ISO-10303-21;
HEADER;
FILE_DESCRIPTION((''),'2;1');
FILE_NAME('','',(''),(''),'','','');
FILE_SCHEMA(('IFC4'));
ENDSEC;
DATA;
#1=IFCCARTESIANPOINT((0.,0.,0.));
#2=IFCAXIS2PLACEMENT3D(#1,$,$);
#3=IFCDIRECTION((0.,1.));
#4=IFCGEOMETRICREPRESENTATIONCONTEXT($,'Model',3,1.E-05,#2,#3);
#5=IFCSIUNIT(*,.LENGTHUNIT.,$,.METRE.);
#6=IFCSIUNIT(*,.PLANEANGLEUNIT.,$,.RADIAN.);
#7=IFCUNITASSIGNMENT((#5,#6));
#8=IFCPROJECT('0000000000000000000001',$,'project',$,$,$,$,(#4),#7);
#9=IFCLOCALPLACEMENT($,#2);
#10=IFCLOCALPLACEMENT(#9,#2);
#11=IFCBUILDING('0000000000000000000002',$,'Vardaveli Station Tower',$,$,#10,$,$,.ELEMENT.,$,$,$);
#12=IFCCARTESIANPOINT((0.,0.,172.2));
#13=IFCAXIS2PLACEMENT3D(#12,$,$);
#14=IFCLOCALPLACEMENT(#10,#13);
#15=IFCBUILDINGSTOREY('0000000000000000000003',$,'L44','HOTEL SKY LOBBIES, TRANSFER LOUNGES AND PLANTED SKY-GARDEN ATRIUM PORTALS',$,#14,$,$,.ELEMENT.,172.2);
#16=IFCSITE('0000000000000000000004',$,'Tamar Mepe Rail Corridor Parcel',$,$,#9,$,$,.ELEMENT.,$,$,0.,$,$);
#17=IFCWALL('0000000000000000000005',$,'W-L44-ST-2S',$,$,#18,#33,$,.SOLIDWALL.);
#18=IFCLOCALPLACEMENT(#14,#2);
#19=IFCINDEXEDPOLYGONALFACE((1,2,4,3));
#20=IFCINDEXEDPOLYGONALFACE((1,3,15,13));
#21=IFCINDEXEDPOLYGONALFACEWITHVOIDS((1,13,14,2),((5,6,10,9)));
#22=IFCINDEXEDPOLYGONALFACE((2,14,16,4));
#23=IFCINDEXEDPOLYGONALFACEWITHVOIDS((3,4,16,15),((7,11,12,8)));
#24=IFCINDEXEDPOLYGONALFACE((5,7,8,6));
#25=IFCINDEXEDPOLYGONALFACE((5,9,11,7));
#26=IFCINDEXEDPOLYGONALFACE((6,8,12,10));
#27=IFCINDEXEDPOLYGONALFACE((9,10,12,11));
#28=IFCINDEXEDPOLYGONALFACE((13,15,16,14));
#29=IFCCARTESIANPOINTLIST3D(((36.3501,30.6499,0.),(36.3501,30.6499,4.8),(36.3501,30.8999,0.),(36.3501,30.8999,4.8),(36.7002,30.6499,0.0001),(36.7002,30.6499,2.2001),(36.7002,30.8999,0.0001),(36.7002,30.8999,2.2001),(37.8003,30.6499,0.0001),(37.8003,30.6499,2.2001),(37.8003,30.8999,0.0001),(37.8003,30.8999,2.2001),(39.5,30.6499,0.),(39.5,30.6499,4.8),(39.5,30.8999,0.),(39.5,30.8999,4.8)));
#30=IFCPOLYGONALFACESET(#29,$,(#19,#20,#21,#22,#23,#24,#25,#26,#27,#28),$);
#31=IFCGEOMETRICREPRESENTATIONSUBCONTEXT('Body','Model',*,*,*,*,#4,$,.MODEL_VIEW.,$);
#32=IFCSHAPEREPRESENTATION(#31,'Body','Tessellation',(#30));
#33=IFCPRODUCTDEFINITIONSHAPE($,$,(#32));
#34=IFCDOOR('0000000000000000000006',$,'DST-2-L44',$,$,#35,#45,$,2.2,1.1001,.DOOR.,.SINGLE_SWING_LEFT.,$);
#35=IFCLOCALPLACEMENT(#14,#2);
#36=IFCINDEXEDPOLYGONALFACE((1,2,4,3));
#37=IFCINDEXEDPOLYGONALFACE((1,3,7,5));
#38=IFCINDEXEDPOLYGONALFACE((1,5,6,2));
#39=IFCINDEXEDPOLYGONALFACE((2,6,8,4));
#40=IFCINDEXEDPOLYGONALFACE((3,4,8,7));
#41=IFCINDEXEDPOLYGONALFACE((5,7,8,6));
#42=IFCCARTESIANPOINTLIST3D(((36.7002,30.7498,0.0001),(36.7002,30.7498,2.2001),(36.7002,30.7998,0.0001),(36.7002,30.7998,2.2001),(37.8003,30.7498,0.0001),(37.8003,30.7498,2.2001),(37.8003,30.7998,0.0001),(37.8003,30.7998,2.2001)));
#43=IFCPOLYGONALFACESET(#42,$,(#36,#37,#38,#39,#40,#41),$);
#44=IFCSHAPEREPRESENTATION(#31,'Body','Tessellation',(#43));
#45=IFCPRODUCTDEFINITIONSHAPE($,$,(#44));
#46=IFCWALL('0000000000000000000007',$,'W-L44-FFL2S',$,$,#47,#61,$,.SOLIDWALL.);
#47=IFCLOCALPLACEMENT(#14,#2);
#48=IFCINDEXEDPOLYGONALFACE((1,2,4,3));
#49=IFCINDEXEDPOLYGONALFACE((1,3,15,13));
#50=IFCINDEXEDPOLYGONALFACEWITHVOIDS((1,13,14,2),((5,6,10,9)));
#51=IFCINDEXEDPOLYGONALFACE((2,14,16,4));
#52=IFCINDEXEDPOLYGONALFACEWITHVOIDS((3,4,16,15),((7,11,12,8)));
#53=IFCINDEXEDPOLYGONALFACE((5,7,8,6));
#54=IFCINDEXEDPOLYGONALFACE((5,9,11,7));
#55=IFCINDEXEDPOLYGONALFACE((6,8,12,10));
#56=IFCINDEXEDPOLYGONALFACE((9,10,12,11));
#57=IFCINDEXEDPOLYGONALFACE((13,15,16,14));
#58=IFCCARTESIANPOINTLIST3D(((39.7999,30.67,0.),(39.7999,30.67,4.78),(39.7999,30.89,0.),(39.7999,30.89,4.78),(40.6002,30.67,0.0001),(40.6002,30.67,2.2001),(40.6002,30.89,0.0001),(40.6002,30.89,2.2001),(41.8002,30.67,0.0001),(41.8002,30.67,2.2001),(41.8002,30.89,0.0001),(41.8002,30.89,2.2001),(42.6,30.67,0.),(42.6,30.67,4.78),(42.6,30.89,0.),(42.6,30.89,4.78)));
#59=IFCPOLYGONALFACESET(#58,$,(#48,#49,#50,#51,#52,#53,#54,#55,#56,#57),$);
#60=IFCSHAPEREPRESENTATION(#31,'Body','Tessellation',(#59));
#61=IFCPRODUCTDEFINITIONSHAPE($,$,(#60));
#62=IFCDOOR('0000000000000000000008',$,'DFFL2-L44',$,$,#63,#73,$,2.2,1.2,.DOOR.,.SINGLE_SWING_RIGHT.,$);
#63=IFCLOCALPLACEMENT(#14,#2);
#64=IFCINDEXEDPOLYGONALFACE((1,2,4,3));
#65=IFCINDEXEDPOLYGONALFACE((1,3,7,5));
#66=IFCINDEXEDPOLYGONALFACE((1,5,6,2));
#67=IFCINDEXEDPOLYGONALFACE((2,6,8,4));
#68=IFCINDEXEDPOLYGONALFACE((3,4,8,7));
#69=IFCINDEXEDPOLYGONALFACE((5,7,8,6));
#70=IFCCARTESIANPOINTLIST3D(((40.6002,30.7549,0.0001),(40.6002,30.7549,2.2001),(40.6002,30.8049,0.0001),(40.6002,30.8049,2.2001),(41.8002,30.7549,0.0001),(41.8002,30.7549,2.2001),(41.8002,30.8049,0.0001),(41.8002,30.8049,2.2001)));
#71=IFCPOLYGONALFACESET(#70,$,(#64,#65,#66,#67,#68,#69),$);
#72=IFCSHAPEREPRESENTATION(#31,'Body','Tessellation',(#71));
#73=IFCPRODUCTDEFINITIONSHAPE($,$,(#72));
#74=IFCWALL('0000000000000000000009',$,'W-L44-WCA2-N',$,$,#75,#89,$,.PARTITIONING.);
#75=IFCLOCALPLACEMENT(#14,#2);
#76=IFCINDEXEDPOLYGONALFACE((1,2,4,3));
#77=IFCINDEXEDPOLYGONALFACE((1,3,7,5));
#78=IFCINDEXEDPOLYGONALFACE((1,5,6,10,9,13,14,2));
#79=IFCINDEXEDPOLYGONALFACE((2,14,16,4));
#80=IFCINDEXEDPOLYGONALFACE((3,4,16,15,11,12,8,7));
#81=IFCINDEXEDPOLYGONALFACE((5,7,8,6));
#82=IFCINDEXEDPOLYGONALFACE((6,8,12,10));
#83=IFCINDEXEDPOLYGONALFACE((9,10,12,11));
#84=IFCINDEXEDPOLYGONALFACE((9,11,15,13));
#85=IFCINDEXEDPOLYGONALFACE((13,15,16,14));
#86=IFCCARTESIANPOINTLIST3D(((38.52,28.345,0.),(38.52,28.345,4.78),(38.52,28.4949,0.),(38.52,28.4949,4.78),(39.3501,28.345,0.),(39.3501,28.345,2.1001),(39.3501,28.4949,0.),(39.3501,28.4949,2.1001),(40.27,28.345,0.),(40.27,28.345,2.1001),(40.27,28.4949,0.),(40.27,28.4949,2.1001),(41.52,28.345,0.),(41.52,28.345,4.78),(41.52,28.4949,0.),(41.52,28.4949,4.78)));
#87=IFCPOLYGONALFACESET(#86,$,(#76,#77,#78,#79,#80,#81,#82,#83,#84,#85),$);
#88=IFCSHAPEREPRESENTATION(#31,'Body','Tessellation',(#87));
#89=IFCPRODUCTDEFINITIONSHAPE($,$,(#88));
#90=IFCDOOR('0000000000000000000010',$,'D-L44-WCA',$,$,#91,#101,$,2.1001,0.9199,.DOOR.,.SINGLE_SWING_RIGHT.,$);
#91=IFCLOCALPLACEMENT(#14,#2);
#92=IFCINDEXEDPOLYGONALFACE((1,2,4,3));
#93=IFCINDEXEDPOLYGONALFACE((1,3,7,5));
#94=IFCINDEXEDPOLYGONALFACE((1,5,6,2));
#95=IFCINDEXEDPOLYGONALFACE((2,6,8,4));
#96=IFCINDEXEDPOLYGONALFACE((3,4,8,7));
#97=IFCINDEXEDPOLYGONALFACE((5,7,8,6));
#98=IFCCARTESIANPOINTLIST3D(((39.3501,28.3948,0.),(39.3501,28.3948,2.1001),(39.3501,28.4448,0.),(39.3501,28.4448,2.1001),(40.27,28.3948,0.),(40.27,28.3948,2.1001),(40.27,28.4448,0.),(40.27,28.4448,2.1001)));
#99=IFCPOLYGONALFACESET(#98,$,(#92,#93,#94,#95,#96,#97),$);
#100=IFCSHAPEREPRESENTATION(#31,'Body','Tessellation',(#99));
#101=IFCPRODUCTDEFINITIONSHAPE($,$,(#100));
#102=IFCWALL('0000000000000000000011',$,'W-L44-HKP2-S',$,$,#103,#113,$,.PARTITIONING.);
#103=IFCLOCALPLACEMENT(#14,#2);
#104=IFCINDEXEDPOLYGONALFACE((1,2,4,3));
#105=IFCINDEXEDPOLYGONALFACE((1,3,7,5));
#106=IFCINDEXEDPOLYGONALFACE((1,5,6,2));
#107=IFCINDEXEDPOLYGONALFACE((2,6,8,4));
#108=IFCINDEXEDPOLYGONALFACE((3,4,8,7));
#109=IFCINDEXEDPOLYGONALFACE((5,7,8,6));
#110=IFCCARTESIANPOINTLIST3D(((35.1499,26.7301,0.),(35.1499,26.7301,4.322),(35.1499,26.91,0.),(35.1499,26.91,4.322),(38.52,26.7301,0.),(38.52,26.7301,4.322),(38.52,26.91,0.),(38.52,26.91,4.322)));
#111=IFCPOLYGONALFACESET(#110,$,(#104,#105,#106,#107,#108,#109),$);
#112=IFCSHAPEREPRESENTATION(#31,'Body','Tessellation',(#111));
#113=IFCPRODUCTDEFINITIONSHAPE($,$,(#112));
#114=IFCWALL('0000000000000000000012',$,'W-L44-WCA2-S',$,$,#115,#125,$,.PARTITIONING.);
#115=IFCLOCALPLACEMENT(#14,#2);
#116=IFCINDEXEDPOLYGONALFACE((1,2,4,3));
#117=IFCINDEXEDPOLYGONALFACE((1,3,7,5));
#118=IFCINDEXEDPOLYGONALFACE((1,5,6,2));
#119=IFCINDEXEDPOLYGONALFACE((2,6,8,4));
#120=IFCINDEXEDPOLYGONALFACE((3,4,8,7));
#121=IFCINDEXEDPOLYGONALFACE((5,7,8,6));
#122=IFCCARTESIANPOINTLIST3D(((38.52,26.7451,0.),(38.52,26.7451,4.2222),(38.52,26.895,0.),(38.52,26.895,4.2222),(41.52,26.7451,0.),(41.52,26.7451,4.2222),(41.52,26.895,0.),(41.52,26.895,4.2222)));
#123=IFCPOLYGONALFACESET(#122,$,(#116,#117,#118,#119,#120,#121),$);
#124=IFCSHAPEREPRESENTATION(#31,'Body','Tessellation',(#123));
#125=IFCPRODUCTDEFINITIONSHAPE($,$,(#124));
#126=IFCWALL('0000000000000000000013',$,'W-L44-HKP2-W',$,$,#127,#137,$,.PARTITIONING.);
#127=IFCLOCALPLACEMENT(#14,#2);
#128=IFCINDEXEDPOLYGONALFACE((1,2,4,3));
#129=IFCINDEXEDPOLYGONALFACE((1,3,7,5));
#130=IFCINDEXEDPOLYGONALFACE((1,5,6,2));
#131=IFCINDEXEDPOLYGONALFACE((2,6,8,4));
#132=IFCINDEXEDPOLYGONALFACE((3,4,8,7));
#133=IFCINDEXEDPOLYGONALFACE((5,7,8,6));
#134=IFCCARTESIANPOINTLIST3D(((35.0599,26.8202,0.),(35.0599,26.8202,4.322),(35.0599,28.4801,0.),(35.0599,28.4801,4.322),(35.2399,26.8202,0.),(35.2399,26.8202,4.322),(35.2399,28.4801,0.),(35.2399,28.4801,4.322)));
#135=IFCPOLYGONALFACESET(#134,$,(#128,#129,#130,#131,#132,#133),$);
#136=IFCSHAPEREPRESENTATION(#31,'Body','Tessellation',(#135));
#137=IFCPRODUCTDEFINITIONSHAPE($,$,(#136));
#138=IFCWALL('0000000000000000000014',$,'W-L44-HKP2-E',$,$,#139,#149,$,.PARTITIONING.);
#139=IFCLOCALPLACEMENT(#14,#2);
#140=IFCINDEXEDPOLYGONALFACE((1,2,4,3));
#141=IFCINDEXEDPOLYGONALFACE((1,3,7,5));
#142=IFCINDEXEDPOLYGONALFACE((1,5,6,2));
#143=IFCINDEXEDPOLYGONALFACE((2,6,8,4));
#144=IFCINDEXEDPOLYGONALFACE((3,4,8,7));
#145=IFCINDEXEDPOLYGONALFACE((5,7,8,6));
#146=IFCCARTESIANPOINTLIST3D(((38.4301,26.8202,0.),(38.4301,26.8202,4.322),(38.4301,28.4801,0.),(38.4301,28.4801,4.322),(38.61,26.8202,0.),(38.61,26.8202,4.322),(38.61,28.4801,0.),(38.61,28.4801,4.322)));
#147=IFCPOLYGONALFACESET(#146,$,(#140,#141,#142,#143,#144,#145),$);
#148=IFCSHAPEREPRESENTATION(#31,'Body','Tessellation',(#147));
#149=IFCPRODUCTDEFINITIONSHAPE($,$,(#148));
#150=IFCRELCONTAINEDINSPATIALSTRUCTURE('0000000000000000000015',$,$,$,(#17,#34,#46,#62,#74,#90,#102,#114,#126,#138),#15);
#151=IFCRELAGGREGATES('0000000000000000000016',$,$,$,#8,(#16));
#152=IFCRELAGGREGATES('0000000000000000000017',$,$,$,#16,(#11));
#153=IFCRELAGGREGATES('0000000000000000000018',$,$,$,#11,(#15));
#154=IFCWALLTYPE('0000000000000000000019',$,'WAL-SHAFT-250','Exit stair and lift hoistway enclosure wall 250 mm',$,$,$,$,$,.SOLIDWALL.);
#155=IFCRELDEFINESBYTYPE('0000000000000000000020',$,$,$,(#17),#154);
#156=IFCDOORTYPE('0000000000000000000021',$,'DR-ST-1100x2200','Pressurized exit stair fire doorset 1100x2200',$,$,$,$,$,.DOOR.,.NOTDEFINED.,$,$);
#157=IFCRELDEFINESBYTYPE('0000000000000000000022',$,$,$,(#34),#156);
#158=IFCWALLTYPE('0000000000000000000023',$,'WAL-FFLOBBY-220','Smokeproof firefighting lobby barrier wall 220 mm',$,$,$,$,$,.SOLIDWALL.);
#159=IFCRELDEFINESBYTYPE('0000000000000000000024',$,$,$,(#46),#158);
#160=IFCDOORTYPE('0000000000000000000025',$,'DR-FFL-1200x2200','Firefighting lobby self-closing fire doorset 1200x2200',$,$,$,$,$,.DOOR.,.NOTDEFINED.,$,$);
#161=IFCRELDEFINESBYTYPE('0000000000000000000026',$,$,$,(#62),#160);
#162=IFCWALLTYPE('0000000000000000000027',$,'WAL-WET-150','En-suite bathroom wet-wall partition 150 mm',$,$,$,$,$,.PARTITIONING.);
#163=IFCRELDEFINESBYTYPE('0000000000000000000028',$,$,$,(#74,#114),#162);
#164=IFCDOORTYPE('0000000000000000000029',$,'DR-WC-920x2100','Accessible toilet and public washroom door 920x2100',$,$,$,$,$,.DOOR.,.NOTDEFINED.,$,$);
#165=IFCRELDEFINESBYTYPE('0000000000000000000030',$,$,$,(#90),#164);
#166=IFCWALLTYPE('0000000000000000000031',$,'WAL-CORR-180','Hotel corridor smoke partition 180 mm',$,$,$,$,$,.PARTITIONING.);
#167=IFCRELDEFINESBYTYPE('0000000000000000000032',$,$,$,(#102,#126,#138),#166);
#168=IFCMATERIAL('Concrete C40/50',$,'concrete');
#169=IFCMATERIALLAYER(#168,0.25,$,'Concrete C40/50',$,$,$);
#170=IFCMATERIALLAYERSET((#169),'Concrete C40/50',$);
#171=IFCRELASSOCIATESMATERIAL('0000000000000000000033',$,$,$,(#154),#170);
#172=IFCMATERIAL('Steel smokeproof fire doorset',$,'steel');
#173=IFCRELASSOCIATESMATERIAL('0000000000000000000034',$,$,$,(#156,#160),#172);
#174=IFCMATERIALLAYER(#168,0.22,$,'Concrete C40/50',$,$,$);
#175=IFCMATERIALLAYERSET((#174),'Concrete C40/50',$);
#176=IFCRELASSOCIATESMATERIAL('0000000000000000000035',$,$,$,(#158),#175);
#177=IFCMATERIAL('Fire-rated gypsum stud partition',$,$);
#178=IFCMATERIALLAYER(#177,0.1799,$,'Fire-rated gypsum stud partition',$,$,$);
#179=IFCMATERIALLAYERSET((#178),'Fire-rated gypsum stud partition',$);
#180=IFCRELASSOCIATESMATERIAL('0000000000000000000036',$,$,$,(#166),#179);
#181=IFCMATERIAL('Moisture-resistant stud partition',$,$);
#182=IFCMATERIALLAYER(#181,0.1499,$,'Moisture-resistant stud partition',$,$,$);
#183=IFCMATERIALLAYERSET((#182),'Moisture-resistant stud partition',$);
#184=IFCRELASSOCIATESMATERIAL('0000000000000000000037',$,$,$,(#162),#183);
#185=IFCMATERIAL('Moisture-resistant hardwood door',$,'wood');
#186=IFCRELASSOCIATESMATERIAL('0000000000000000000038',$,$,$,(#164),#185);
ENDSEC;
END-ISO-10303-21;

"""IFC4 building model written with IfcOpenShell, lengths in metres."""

from ifc_helpers import new_model, si_unit, direction, frame, frame_2d, origin, place, context, subcontext, project, spatial, rectangle, extrude, source, transform, mapped, material, layer, layer_set, type_object, element, fill, save


model = new_model("IFC4")

# Units and contexts
model_context = context("Model", 3, precision=1e-05, world=origin(), true_north=direction((0.0, 1.0)))
body_context = subcontext(model_context, "Body", "Model", "MODEL_VIEW")
ifc_project = project(units=[si_unit("LENGTHUNIT", "METRE"), si_unit("PLANEANGLEUNIT", "RADIAN")], contexts=[model_context])

# Site, building, storey
site_placement = place(None, origin())
site = spatial("IfcSite", under=ifc_project, at=site_placement, Name="Tamar Mepe Rail Corridor Parcel", CompositionType="ELEMENT", RefElevation=0.0)
building_placement = place(site_placement, origin())
building = spatial("IfcBuilding", under=site, at=building_placement, Name="Vardaveli Station Tower", CompositionType="ELEMENT")
storey_placement = place(building_placement, frame((0.0, 0.0, 172.2)))
storey = spatial("IfcBuildingStorey", under=building, at=storey_placement, Name="L44", Description="HOTEL SKY LOBBIES, TRANSFER LOUNGES AND PLANTED SKY-GARDEN ATRIUM PORTALS", CompositionType="ELEMENT", Elevation=172.2)

# Shared definitions
ifc_material_1 = material(Name="Concrete C40/50", Category="concrete")
ifc_layer_1 = layer(ifc_material_1, 0.25, Name="Concrete C40/50")
ifc_layer_set_1 = layer_set([ifc_layer_1], Name="Concrete C40/50")
wall_type_1 = type_object("IfcWallType", Name="WAL-SHAFT-250", Description="Exit stair and lift hoistway enclosure wall 250 mm", PredefinedType="SOLIDWALL", material=ifc_layer_set_1)

# Walls, openings, doors
shared_shape_1 = source(origin(), body_context, "Body", "SweptSolid", [
    extrude(rectangle(XDim=3.1499, YDim=0.25, at=frame_2d((1.575, 0.0))), origin(), (0.0, 0.0, 1.0), 4.8),
])
wall_1_placement = place(storey_placement, frame((36.3501, 30.7749, 0.0), z_axis=(0.0, 0.0, 1.0), x_axis=(1.0, 0.0, 0.0)))
wall_1 = element("IfcWall", 1, at=wall_1_placement, inside=storey, type_object=wall_type_1, Name="W-L44-ST-2S", PredefinedType="SOLIDWALL", context=body_context, shape_type="MappedRepresentation", body=[
    mapped(shared_shape_1, transform((0.0, 0.0, 0.0), scale=1.0)),
])
shared_shape_2 = source(origin(), body_context, "Body", "SweptSolid", [
    extrude(rectangle(XDim=1.1001, YDim=2.2, at=frame_2d((0.55, 1.1001))), frame((0.0, 0.135, 0.0), z_axis=(0.0, -1.0, 0.0), x_axis=(1.0, 0.0, 0.0)), (0.0, 0.0, 1.0), 0.27),
])
opening_1_placement = place(wall_1_placement, frame((0.3501, 0.0, 0.0)))
opening_1 = element("IfcOpeningElement", 2, at=opening_1_placement, cuts=wall_1, PredefinedType="OPENING", context=body_context, shape_type="MappedRepresentation", body=[
    mapped(shared_shape_2, transform((0.0, 0.0, 0.0), scale=1.0)),
])
ifc_material_2 = material(Name="Steel smokeproof fire doorset", Category="steel")
door_type_1 = type_object("IfcDoorType", Name="DR-ST-1100x2200", Description="Pressurized exit stair fire doorset 1100x2200", OperationType="NOTDEFINED", PredefinedType="DOOR", material=ifc_material_2)
shared_shape_3 = source(origin(), body_context, "Body", "SweptSolid", [
    extrude(rectangle(XDim=1.1001, YDim=2.2, at=frame_2d((0.55, 1.1001))), frame((0.0, 0.0249, 0.0), z_axis=(0.0, -1.0, 0.0), x_axis=(1.0, 0.0, 0.0)), (0.0, 0.0, 1.0), 0.05),
])
door_1_placement = place(opening_1_placement, origin())
door_1 = element("IfcDoor", 3, at=door_1_placement, inside=storey, type_object=door_type_1, Name="DST-2-L44", OperationType="SINGLE_SWING_LEFT", OverallHeight=2.2, OverallWidth=1.1001, PredefinedType="DOOR", context=body_context, shape_type="MappedRepresentation", body=[
    mapped(shared_shape_3, transform((0.0, 0.0, 0.0), scale=1.0)),
])
fill(opening_1, door_1)
ifc_layer_2 = layer(ifc_material_1, 0.22, Name="Concrete C40/50")
ifc_layer_set_2 = layer_set([ifc_layer_2], Name="Concrete C40/50")
wall_type_2 = type_object("IfcWallType", Name="WAL-FFLOBBY-220", Description="Smokeproof firefighting lobby barrier wall 220 mm", PredefinedType="SOLIDWALL", material=ifc_layer_set_2)
shared_shape_4 = source(origin(), body_context, "Body", "SweptSolid", [
    extrude(rectangle(XDim=2.8, YDim=0.22, at=frame_2d((1.3999, 0.0))), origin(), (0.0, 0.0, 1.0), 4.78),
])
wall_2_placement = place(storey_placement, frame((39.8, 30.78, 0.0), z_axis=(0.0, 0.0, 1.0), x_axis=(1.0, 0.0, 0.0)))
wall_2 = element("IfcWall", 4, at=wall_2_placement, inside=storey, type_object=wall_type_2, Name="W-L44-FFL2S", PredefinedType="SOLIDWALL", context=body_context, shape_type="MappedRepresentation", body=[
    mapped(shared_shape_4, transform((0.0, 0.0, 0.0), scale=1.0)),
])
shared_shape_5 = source(origin(), body_context, "Body", "SweptSolid", [
    extrude(rectangle(XDim=1.2, YDim=2.2, at=frame_2d((0.6001, 1.1001))), frame((0.0, 0.1201, 0.0), z_axis=(0.0, -1.0, 0.0), x_axis=(1.0, 0.0, 0.0)), (0.0, 0.0, 1.0), 0.24),
])
opening_2_placement = place(wall_2_placement, frame((0.8, 0.0, 0.0)))
opening_2 = element("IfcOpeningElement", 5, at=opening_2_placement, cuts=wall_2, PredefinedType="OPENING", context=body_context, shape_type="MappedRepresentation", body=[
    mapped(shared_shape_5, transform((0.0, 0.0, 0.0), scale=1.0)),
])
door_type_2 = type_object("IfcDoorType", Name="DR-FFL-1200x2200", Description="Firefighting lobby self-closing fire doorset 1200x2200", OperationType="NOTDEFINED", PredefinedType="DOOR", material=ifc_material_2)
shared_shape_6 = source(origin(), body_context, "Body", "SweptSolid", [
    extrude(rectangle(XDim=1.2, YDim=2.2, at=frame_2d((0.6001, 1.1001))), frame((0.0, 0.0249, 0.0), z_axis=(0.0, -1.0, 0.0), x_axis=(1.0, 0.0, 0.0)), (0.0, 0.0, 1.0), 0.05),
])
door_2_placement = place(opening_2_placement, origin())
door_2 = element("IfcDoor", 6, at=door_2_placement, inside=storey, type_object=door_type_2, Name="DFFL2-L44", OperationType="SINGLE_SWING_RIGHT", OverallHeight=2.2, OverallWidth=1.2, PredefinedType="DOOR", context=body_context, shape_type="MappedRepresentation", body=[
    mapped(shared_shape_6, transform((0.0, 0.0, 0.0), scale=1.0)),
])
fill(opening_2, door_2)
ifc_material_3 = material(Name="Fire-rated gypsum stud partition")
ifc_layer_3 = layer(ifc_material_3, 0.1799, Name="Fire-rated gypsum stud partition")
ifc_layer_set_3 = layer_set([ifc_layer_3], Name="Fire-rated gypsum stud partition")
wall_type_3 = type_object("IfcWallType", Name="WAL-CORR-180", Description="Hotel corridor smoke partition 180 mm", PredefinedType="PARTITIONING", material=ifc_layer_set_3)
ifc_material_4 = material(Name="Moisture-resistant stud partition")
ifc_layer_4 = layer(ifc_material_4, 0.1499, Name="Moisture-resistant stud partition")
ifc_layer_set_4 = layer_set([ifc_layer_4], Name="Moisture-resistant stud partition")
wall_type_4 = type_object("IfcWallType", Name="WAL-WET-150", Description="En-suite bathroom wet-wall partition 150 mm", PredefinedType="PARTITIONING", material=ifc_layer_set_4)
shared_shape_7 = source(origin(), body_context, "Body", "SweptSolid", [
    extrude(rectangle(XDim=3.0, YDim=0.1499, at=frame_2d((1.5, 0.0))), origin(), (0.0, 0.0, 1.0), 4.78),
])
wall_3_placement = place(storey_placement, frame((38.52, 28.4199, 0.0), z_axis=(0.0, 0.0, 1.0), x_axis=(1.0, 0.0, 0.0)))
wall_3 = element("IfcWall", 7, at=wall_3_placement, inside=storey, type_object=wall_type_4, Name="W-L44-WCA2-N", PredefinedType="PARTITIONING", context=body_context, shape_type="MappedRepresentation", body=[
    mapped(shared_shape_7, transform((0.0, 0.0, 0.0), scale=1.0)),
])
shared_shape_8 = source(origin(), body_context, "Body", "SweptSolid", [
    extrude(rectangle(XDim=0.9199, YDim=2.1001, at=frame_2d((0.46, 1.05))), frame((0.0, 0.085, 0.0), z_axis=(0.0, -1.0, 0.0), x_axis=(1.0, 0.0, 0.0)), (0.0, 0.0, 1.0), 0.1699),
])
opening_3_placement = place(wall_3_placement, frame((0.8301, 0.0, 0.0)))
opening_3 = element("IfcOpeningElement", 8, at=opening_3_placement, cuts=wall_3, PredefinedType="OPENING", context=body_context, shape_type="MappedRepresentation", body=[
    mapped(shared_shape_8, transform((0.0, 0.0, 0.0), scale=1.0)),
])
ifc_material_5 = material(Name="Moisture-resistant hardwood door", Category="wood")
door_type_3 = type_object("IfcDoorType", Name="DR-WC-920x2100", Description="Accessible toilet and public washroom door 920x2100", OperationType="NOTDEFINED", PredefinedType="DOOR", material=ifc_material_5)
shared_shape_9 = source(origin(), body_context, "Body", "SweptSolid", [
    extrude(rectangle(XDim=0.9199, YDim=2.1001, at=frame_2d((0.46, 1.05))), frame((0.0, 0.0249, 0.0), z_axis=(0.0, -1.0, 0.0), x_axis=(1.0, 0.0, 0.0)), (0.0, 0.0, 1.0), 0.05),
])
door_3_placement = place(opening_3_placement, origin())
door_3 = element("IfcDoor", 9, at=door_3_placement, inside=storey, type_object=door_type_3, Name="D-L44-WCA", OperationType="SINGLE_SWING_RIGHT", OverallHeight=2.1001, OverallWidth=0.9199, PredefinedType="DOOR", context=body_context, shape_type="MappedRepresentation", body=[
    mapped(shared_shape_9, transform((0.0, 0.0, 0.0), scale=1.0)),
])
fill(opening_3, door_3)

# Walls
shared_shape_10 = source(origin(), body_context, "Body", "SweptSolid", [
    extrude(rectangle(XDim=3.3701, YDim=0.1799, at=frame_2d((1.6851, 0.0))), origin(), (0.0, 0.0, 1.0), 4.322),
])
wall_4_placement = place(storey_placement, frame((35.1499, 26.8201, 0.0), z_axis=(0.0, 0.0, 1.0), x_axis=(1.0, 0.0, 0.0)))
element("IfcWall", 10, at=wall_4_placement, inside=storey, type_object=wall_type_3, Name="W-L44-HKP2-S", PredefinedType="PARTITIONING", context=body_context, shape_type="MappedRepresentation", body=[
    mapped(shared_shape_10, transform((0.0, 0.0, 0.0), scale=1.0)),
])
shared_shape_11 = source(origin(), body_context, "Body", "SweptSolid", [
    extrude(rectangle(XDim=3.0, YDim=0.1499, at=frame_2d((1.5, 0.0))), origin(), (0.0, 0.0, 1.0), 4.2222),
])
wall_5_placement = place(storey_placement, frame((38.52, 26.8201, 0.0), z_axis=(0.0, 0.0, 1.0), x_axis=(1.0, 0.0, 0.0)))
element("IfcWall", 11, at=wall_5_placement, inside=storey, type_object=wall_type_4, Name="W-L44-WCA2-S", PredefinedType="PARTITIONING", context=body_context, shape_type="MappedRepresentation", body=[
    mapped(shared_shape_11, transform((0.0, 0.0, 0.0), scale=1.0)),
])
shared_shape_12 = source(origin(), body_context, "Body", "SweptSolid", [
    extrude(rectangle(XDim=1.6599, YDim=0.1799, at=frame_2d((0.8301, 0.0))), origin(), (0.0, 0.0, 1.0), 4.322),
])
for number, where, z_axis, x_axis, name in (
    (12, (35.1499, 26.8201, 0.0), (0.0, 0.0, 1.0), (0.0, 1.0, 0.0), "W-L44-HKP2-W"),
    (13, (38.52, 26.8201, 0.0), (0.0, 0.0, 1.0), (0.0, 1.0, 0.0), "W-L44-HKP2-E"),
):
    element("IfcWall", number, at=place(storey_placement, frame(where, z_axis=z_axis, x_axis=x_axis)), inside=storey, type_object=wall_type_3, Name=name, PredefinedType="PARTITIONING", context=body_context, shape_type="MappedRepresentation", body=[
        mapped(shared_shape_12, transform((0.0, 0.0, 0.0), scale=1.0)),
    ])

save(model, "model.ifc")
